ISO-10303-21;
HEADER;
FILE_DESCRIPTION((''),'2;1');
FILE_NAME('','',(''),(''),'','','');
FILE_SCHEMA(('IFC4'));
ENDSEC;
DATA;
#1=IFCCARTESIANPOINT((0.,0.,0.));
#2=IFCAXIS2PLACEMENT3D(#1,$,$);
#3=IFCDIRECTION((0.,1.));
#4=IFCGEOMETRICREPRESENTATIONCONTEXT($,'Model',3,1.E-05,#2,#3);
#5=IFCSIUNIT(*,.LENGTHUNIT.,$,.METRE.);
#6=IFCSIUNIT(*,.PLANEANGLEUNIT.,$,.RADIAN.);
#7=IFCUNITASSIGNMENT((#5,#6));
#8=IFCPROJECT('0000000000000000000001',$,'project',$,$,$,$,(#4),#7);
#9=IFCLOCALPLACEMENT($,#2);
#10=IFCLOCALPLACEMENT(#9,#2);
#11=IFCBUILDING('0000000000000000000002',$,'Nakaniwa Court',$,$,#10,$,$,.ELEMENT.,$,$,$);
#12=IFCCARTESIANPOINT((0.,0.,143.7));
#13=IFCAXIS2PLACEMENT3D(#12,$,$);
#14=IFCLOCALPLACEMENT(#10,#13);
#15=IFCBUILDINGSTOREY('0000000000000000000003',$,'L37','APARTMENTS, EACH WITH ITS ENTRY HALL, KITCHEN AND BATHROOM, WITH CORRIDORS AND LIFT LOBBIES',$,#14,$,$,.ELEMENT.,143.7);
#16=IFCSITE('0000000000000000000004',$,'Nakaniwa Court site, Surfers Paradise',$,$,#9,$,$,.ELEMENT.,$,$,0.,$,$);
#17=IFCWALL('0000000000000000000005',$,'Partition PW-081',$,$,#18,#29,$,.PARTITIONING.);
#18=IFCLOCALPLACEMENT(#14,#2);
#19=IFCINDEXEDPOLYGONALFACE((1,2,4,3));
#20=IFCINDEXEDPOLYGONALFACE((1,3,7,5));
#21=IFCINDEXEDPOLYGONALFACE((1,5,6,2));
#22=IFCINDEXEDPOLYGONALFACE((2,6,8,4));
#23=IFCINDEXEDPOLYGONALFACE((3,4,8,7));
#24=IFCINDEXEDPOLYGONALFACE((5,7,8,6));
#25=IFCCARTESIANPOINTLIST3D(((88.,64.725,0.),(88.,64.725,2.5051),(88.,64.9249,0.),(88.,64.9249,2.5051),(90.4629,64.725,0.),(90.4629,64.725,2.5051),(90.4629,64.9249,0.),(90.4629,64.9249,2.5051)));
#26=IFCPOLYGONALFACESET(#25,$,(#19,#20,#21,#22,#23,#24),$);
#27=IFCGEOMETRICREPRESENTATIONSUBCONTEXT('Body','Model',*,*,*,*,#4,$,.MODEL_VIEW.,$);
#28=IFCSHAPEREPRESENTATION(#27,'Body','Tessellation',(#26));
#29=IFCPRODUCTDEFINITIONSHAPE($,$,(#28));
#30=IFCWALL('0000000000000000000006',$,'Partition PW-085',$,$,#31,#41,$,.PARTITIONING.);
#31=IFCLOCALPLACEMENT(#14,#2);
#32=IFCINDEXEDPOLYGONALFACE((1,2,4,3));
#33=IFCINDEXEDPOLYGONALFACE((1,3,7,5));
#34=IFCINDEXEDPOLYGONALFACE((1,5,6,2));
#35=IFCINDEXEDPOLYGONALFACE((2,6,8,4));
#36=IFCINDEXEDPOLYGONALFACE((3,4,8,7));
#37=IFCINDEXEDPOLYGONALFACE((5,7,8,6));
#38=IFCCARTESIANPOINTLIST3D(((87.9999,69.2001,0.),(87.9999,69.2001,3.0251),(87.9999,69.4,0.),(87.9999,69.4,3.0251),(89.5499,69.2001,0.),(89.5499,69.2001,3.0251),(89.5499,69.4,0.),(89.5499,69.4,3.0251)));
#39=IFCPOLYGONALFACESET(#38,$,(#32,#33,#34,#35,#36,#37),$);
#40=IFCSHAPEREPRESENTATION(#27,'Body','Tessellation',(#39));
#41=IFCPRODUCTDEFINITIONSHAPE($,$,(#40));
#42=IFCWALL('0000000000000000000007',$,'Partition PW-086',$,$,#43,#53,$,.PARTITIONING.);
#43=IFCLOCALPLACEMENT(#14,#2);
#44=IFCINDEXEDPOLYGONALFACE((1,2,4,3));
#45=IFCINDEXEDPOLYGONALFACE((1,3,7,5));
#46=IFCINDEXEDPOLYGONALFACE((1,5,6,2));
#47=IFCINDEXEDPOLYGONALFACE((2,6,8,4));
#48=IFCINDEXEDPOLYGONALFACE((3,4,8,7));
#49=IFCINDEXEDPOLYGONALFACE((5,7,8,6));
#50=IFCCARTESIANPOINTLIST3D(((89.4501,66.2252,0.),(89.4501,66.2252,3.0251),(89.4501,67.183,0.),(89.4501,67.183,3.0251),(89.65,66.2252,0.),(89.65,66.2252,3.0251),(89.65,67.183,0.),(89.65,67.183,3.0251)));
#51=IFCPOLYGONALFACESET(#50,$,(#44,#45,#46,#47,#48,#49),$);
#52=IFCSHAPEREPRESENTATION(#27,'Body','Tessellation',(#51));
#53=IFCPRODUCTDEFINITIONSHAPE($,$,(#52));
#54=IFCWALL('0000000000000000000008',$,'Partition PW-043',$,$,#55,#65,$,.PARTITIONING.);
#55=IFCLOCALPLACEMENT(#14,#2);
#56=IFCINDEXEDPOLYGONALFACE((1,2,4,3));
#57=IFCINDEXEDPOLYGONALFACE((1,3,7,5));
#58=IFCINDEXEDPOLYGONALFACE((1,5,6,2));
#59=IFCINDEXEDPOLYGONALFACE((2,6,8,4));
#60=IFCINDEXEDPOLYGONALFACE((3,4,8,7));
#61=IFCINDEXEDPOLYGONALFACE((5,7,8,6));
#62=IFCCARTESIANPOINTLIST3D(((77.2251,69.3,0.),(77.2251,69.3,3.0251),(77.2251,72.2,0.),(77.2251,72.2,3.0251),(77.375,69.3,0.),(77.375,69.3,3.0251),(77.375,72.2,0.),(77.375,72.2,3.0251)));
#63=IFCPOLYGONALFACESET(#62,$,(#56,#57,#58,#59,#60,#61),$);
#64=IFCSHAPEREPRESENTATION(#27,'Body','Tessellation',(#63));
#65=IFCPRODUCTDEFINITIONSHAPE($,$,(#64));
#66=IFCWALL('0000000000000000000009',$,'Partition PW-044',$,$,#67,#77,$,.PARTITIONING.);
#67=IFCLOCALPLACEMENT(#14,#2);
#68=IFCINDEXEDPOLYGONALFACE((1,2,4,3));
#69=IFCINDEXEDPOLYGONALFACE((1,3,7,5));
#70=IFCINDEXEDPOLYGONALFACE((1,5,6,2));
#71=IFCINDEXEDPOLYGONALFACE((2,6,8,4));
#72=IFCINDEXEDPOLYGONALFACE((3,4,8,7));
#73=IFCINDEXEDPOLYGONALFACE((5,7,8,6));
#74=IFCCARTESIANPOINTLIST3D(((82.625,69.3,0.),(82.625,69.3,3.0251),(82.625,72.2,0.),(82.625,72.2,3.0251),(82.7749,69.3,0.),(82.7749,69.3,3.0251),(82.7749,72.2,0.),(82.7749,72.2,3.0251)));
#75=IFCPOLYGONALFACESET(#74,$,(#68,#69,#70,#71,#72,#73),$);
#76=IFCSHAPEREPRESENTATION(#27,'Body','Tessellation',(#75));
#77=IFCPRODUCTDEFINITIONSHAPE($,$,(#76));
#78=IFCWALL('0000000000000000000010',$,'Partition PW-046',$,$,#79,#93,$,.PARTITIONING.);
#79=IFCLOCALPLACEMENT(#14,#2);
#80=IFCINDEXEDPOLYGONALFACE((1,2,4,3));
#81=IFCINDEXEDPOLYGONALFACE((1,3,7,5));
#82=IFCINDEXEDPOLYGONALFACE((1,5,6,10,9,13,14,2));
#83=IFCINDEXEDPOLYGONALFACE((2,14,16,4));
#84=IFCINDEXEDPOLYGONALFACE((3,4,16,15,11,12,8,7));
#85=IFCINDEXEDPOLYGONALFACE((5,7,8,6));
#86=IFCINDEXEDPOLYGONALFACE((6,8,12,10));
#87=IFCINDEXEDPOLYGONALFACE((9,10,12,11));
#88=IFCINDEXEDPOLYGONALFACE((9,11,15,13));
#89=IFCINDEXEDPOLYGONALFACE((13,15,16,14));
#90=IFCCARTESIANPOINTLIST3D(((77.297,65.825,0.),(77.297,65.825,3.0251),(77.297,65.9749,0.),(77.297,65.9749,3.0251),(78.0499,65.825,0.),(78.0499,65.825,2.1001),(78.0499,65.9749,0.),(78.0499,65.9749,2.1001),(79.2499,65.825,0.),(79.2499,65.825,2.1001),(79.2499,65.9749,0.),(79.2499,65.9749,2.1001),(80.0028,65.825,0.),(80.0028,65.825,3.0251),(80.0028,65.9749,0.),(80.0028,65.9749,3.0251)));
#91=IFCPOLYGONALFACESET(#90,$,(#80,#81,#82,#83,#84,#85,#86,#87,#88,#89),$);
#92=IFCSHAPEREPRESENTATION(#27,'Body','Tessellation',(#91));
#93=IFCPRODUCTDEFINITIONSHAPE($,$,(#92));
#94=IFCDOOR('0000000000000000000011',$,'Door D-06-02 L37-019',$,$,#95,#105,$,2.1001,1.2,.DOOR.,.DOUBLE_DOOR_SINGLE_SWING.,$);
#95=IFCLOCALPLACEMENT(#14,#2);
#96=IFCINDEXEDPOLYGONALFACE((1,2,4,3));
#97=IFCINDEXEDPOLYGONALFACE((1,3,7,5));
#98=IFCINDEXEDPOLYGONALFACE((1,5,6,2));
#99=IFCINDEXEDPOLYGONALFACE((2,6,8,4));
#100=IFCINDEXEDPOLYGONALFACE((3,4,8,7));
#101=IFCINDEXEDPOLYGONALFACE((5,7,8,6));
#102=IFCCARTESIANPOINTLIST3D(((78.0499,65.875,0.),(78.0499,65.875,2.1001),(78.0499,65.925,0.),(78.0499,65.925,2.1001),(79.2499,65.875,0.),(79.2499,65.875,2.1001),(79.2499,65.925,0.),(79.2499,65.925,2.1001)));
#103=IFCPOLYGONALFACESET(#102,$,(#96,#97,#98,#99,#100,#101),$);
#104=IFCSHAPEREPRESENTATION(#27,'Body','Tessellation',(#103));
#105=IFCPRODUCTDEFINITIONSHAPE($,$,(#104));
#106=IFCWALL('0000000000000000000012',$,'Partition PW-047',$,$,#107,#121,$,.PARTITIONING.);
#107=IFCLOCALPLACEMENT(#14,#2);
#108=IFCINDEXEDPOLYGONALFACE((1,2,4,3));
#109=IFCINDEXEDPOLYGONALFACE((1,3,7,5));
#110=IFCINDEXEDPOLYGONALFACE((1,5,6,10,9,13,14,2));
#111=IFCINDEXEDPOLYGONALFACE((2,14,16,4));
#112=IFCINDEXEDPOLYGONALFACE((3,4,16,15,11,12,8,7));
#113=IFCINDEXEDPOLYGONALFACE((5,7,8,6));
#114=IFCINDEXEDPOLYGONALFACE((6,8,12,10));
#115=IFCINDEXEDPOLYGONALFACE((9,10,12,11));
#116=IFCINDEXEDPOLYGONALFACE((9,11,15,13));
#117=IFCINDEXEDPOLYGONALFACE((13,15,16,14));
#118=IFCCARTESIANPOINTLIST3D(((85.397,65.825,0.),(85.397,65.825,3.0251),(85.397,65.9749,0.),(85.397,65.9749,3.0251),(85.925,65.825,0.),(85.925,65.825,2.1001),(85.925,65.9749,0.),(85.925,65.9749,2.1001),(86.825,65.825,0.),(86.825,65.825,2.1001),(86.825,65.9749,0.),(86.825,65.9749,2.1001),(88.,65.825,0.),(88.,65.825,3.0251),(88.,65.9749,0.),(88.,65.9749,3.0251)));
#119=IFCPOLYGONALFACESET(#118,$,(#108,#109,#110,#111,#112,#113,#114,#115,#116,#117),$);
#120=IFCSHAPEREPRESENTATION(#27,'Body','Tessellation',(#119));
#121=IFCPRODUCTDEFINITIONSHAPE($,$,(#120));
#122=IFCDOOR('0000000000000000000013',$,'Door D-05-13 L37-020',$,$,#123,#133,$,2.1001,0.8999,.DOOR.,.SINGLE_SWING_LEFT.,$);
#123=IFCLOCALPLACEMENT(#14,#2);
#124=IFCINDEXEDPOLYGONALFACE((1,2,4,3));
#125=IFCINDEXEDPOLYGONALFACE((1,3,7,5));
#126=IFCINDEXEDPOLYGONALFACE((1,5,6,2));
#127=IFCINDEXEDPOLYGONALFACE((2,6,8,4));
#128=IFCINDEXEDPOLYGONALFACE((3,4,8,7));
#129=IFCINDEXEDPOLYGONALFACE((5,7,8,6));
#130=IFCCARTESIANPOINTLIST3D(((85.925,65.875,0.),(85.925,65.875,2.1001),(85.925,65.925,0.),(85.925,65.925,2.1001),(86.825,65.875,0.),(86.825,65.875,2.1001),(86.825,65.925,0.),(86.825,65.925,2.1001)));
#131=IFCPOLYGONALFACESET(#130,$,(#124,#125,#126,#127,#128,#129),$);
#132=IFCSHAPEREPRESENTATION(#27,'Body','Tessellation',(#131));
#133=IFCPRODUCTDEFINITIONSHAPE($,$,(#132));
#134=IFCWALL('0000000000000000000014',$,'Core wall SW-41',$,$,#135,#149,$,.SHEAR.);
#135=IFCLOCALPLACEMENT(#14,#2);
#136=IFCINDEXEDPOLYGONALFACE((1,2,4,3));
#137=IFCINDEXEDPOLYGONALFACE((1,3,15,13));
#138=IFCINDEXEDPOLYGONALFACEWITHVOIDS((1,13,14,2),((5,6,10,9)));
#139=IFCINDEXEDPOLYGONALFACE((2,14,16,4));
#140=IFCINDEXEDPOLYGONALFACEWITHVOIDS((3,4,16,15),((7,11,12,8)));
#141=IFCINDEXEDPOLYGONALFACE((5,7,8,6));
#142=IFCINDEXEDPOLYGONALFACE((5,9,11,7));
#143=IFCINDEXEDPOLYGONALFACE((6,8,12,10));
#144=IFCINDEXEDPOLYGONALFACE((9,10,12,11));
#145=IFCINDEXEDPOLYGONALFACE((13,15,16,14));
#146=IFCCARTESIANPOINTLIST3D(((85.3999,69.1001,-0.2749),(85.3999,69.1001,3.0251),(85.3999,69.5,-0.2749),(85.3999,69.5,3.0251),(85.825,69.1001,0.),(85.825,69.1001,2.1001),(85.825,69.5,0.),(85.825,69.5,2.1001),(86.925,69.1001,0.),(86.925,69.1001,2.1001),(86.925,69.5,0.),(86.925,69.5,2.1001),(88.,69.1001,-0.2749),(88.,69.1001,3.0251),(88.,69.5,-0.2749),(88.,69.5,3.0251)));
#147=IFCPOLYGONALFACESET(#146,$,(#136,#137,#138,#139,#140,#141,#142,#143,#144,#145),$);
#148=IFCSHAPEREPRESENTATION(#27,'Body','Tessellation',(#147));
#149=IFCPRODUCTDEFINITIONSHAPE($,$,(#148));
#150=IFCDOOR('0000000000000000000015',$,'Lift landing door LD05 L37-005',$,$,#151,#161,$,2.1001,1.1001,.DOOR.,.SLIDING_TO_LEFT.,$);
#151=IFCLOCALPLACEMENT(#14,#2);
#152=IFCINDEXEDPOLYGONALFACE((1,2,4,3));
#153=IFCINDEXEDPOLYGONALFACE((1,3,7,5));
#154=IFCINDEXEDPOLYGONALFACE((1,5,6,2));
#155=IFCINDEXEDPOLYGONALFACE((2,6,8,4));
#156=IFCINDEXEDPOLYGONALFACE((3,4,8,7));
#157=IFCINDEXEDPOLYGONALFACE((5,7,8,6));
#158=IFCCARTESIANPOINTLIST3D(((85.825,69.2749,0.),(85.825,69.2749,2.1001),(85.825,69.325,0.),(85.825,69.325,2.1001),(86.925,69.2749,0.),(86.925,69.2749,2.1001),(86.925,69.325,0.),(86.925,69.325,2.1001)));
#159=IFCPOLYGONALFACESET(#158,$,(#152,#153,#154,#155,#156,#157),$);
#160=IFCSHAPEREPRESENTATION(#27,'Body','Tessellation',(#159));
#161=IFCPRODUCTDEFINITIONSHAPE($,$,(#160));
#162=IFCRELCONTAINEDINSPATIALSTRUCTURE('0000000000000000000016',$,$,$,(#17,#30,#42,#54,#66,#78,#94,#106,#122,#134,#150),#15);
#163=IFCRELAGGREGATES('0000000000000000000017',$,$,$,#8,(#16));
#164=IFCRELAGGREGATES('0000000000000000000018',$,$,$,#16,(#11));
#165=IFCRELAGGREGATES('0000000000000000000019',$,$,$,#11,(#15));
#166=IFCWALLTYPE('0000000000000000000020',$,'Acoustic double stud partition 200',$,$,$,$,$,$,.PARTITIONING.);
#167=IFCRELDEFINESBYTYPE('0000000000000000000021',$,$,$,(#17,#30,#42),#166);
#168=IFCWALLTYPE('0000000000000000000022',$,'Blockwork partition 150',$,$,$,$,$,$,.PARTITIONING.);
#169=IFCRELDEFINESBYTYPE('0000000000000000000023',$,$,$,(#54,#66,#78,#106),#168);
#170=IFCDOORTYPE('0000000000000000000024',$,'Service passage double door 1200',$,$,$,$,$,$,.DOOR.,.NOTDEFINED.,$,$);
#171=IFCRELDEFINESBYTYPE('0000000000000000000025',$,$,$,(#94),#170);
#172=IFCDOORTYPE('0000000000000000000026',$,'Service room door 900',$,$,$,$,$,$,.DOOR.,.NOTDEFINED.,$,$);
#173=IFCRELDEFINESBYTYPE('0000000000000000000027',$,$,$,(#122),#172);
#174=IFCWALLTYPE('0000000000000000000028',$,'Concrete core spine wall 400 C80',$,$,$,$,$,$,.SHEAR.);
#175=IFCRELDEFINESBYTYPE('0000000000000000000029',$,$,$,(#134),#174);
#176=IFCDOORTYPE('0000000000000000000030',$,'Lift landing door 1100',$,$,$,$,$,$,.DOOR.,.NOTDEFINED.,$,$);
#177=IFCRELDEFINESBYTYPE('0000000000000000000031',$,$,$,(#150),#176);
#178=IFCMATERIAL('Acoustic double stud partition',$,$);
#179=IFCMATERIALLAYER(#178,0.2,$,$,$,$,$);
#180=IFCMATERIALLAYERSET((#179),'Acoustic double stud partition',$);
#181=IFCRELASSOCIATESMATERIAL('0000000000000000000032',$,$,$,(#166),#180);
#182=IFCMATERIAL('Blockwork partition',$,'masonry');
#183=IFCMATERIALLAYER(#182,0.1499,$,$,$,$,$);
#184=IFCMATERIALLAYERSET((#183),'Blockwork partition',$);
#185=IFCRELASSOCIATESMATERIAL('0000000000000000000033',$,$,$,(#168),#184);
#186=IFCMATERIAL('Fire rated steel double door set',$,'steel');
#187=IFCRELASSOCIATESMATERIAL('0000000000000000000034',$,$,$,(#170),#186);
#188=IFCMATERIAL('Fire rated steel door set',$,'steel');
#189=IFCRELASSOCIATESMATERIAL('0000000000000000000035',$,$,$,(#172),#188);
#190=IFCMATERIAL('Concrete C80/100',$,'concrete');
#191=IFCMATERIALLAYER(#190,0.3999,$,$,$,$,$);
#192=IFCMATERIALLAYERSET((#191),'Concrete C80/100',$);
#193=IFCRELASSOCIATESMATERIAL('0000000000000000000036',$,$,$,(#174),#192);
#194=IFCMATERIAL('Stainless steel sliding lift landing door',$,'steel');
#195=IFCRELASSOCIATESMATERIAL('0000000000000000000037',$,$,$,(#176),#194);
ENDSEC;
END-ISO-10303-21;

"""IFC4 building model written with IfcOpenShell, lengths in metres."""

from ifc_helpers import new_model, si_unit, direction, frame, frame_2d, origin, place, context, subcontext, project, spatial, rectangle, extrude, material, layer, layer_set, type_object, element, fill, save


model = new_model("IFC4")

# Units and contexts
model_context = context("Model", 3, precision=1e-05, world=origin(), true_north=direction((0.0, 1.0)))
body_context = subcontext(model_context, "Body", "Model", "MODEL_VIEW")
ifc_project = project(units=[si_unit("LENGTHUNIT", "METRE"), si_unit("PLANEANGLEUNIT", "RADIAN")], contexts=[model_context])

# Site, building, storey
site_placement = place(None, origin())
site = spatial("IfcSite", under=ifc_project, at=site_placement, Name="Nakaniwa Court site, Surfers Paradise", CompositionType="ELEMENT", RefElevation=0.0)
building_placement = place(site_placement, origin())
building = spatial("IfcBuilding", under=site, at=building_placement, Name="Nakaniwa Court", CompositionType="ELEMENT")
storey_placement = place(building_placement, frame((0.0, 0.0, 143.7)))
storey = spatial("IfcBuildingStorey", under=building, at=storey_placement, Name="L37", Description="APARTMENTS, EACH WITH ITS ENTRY HALL, KITCHEN AND BATHROOM, WITH CORRIDORS AND LIFT LOBBIES", CompositionType="ELEMENT", Elevation=143.7)

# Walls
ifc_material_1 = material(Name="Acoustic double stud partition")
ifc_layer_1 = layer(ifc_material_1, 0.2)
ifc_layer_set_1 = layer_set([ifc_layer_1], Name="Acoustic double stud partition")
wall_type_1 = type_object("IfcWallType", Name="Acoustic double stud partition 200", PredefinedType="PARTITIONING", material=ifc_layer_set_1)
wall_1_placement = place(storey_placement, frame((88.0, 64.825, 0.0), z_axis=(0.0, 0.0, 1.0), x_axis=(1.0, 0.0, 0.0)))
element("IfcWall", 1, at=wall_1_placement, inside=storey, type_object=wall_type_1, Name="Partition PW-081", PredefinedType="PARTITIONING", context=body_context, shape_type="SweptSolid", body=[
    extrude(rectangle(XDim=2.4629, YDim=0.2, at=frame_2d((1.2314, 0.0))), origin(), (0.0, 0.0, 1.0), 2.5051),
])
wall_2_placement = place(storey_placement, frame((88.0, 69.3, 0.0), z_axis=(0.0, 0.0, 1.0), x_axis=(1.0, 0.0, 0.0)))
element("IfcWall", 2, at=wall_2_placement, inside=storey, type_object=wall_type_1, Name="Partition PW-085", PredefinedType="PARTITIONING", context=body_context, shape_type="SweptSolid", body=[
    extrude(rectangle(XDim=1.55, YDim=0.2, at=frame_2d((0.7749, 0.0))), origin(), (0.0, 0.0, 1.0), 3.0251),
])
wall_3_placement = place(storey_placement, frame((89.55, 66.2251, 0.0), z_axis=(0.0, 0.0, 1.0), x_axis=(0.0, 1.0, 0.0)))
element("IfcWall", 3, at=wall_3_placement, inside=storey, type_object=wall_type_1, Name="Partition PW-086", PredefinedType="PARTITIONING", context=body_context, shape_type="SweptSolid", body=[
    extrude(rectangle(XDim=0.9578, YDim=0.2, at=frame_2d((0.479, 0.0))), origin(), (0.0, 0.0, 1.0), 3.0251),
])
ifc_material_2 = material(Name="Blockwork partition", Category="masonry")
ifc_layer_2 = layer(ifc_material_2, 0.1499)
ifc_layer_set_2 = layer_set([ifc_layer_2], Name="Blockwork partition")
wall_type_2 = type_object("IfcWallType", Name="Blockwork partition 150", PredefinedType="PARTITIONING", material=ifc_layer_set_2)
for number, where, z_axis, x_axis, name in (
    (4, (77.3, 69.3, 0.0), (0.0, 0.0, 1.0), (0.0, 1.0, 0.0), "Partition PW-043"),
    (5, (82.7, 69.3, 0.0), (0.0, 0.0, 1.0), (0.0, 1.0, 0.0), "Partition PW-044"),
):
    element("IfcWall", number, at=place(storey_placement, frame(where, z_axis=z_axis, x_axis=x_axis)), inside=storey, type_object=wall_type_2, Name=name, PredefinedType="PARTITIONING", context=body_context, shape_type="SweptSolid", body=[
        extrude(rectangle(XDim=2.8999, YDim=0.1499, at=frame_2d((1.45, 0.0))), origin(), (0.0, 0.0, 1.0), 3.0251),
    ])

# Walls, openings, doors
wall_4_placement = place(storey_placement, frame((80.0029, 65.8999, 0.0), z_axis=(0.0, 0.0, 1.0), x_axis=(-1.0, 0.0, 0.0)))
wall_4 = element("IfcWall", 6, at=wall_4_placement, inside=storey, type_object=wall_type_2, Name="Partition PW-046", PredefinedType="PARTITIONING", context=body_context, shape_type="SweptSolid", body=[
    extrude(rectangle(XDim=2.7058, YDim=0.1499, at=frame_2d((1.353, 0.0))), origin(), (0.0, 0.0, 1.0), 3.0251),
])
opening_1_placement = place(wall_4_placement, frame((0.7529, 0.0, 0.0)))
opening_1 = element("IfcOpeningElement", 7, at=opening_1_placement, cuts=wall_4, PredefinedType="OPENING", context=body_context, shape_type="SweptSolid", body=[
    extrude(rectangle(XDim=1.2, YDim=2.1001, at=frame_2d((0.6001, 1.05))), frame((0.0, 0.085, 0.0), z_axis=(0.0, -1.0, 0.0), x_axis=(1.0, 0.0, 0.0)), (0.0, 0.0, 1.0), 0.1699),
])
ifc_material_3 = material(Name="Fire rated steel double door set", Category="steel")
door_type_1 = type_object("IfcDoorType", Name="Service passage double door 1200", OperationType="NOTDEFINED", PredefinedType="DOOR", material=ifc_material_3)
door_1_placement = place(opening_1_placement, origin())
door_1 = element("IfcDoor", 8, at=door_1_placement, inside=storey, type_object=door_type_1, Name="Door D-06-02 L37-019", OperationType="DOUBLE_DOOR_SINGLE_SWING", OverallHeight=2.1001, OverallWidth=1.2, PredefinedType="DOOR", context=body_context, shape_type="SweptSolid", body=[
    extrude(rectangle(XDim=1.2, YDim=2.1001, at=frame_2d((0.6001, 1.05))), frame((0.0, 0.0249, 0.0), z_axis=(0.0, -1.0, 0.0), x_axis=(1.0, 0.0, 0.0)), (0.0, 0.0, 1.0), 0.05),
])
fill(opening_1, door_1)
wall_5_placement = place(storey_placement, frame((88.0, 65.8999, 0.0), z_axis=(0.0, 0.0, 1.0), x_axis=(-1.0, 0.0, 0.0)))
wall_5 = element("IfcWall", 9, at=wall_5_placement, inside=storey, type_object=wall_type_2, Name="Partition PW-047", PredefinedType="PARTITIONING", context=body_context, shape_type="SweptSolid", body=[
    extrude(rectangle(XDim=2.603, YDim=0.1499, at=frame_2d((1.3015, 0.0))), origin(), (0.0, 0.0, 1.0), 3.0251),
])
opening_2_placement = place(wall_5_placement, frame((1.175, 0.0, 0.0)))
opening_2 = element("IfcOpeningElement", 10, at=opening_2_placement, cuts=wall_5, PredefinedType="OPENING", context=body_context, shape_type="SweptSolid", body=[
    extrude(rectangle(XDim=0.8999, YDim=2.1001, at=frame_2d((0.45, 1.05))), frame((0.0, 0.085, 0.0), z_axis=(0.0, -1.0, 0.0), x_axis=(1.0, 0.0, 0.0)), (0.0, 0.0, 1.0), 0.1699),
])
ifc_material_4 = material(Name="Fire rated steel door set", Category="steel")
door_type_2 = type_object("IfcDoorType", Name="Service room door 900", OperationType="NOTDEFINED", PredefinedType="DOOR", material=ifc_material_4)
door_2_placement = place(opening_2_placement, origin())
door_2 = element("IfcDoor", 11, at=door_2_placement, inside=storey, type_object=door_type_2, Name="Door D-05-13 L37-020", OperationType="SINGLE_SWING_LEFT", OverallHeight=2.1001, OverallWidth=0.8999, PredefinedType="DOOR", context=body_context, shape_type="SweptSolid", body=[
    extrude(rectangle(XDim=0.8999, YDim=2.1001, at=frame_2d((0.45, 1.05))), frame((0.0, 0.0249, 0.0), z_axis=(0.0, -1.0, 0.0), x_axis=(1.0, 0.0, 0.0)), (0.0, 0.0, 1.0), 0.05),
])
fill(opening_2, door_2)
ifc_material_5 = material(Name="Concrete C80/100", Category="concrete")
ifc_layer_3 = layer(ifc_material_5, 0.3999)
ifc_layer_set_3 = layer_set([ifc_layer_3], Name="Concrete C80/100")
wall_type_3 = type_object("IfcWallType", Name="Concrete core spine wall 400 C80", PredefinedType="SHEAR", material=ifc_layer_set_3)
wall_6_placement = place(storey_placement, frame((85.3999, 69.3, -0.2749), z_axis=(0.0, 0.0, 1.0), x_axis=(1.0, 0.0, 0.0)))
wall_6 = element("IfcWall", 12, at=wall_6_placement, inside=storey, type_object=wall_type_3, Name="Core wall SW-41", PredefinedType="SHEAR", context=body_context, shape_type="SweptSolid", body=[
    extrude(rectangle(XDim=2.6001, YDim=0.3999, at=frame_2d((1.3, 0.0))), origin(), (0.0, 0.0, 1.0), 3.3),
])
opening_3_placement = place(wall_6_placement, frame((0.425, 0.0, 0.2749)))
opening_3 = element("IfcOpeningElement", 13, at=opening_3_placement, cuts=wall_6, PredefinedType="OPENING", context=body_context, shape_type="SweptSolid", body=[
    extrude(rectangle(XDim=1.1001, YDim=2.1001, at=frame_2d((0.55, 1.05))), frame((0.0, 0.21, 0.0), z_axis=(0.0, -1.0, 0.0), x_axis=(1.0, 0.0, 0.0)), (0.0, 0.0, 1.0), 0.4199),
])
ifc_material_6 = material(Name="Stainless steel sliding lift landing door", Category="steel")
door_type_3 = type_object("IfcDoorType", Name="Lift landing door 1100", OperationType="NOTDEFINED", PredefinedType="DOOR", material=ifc_material_6)
door_3_placement = place(opening_3_placement, origin())
door_3 = element("IfcDoor", 14, at=door_3_placement, inside=storey, type_object=door_type_3, Name="Lift landing door LD05 L37-005", OperationType="SLIDING_TO_LEFT", OverallHeight=2.1001, OverallWidth=1.1001, PredefinedType="DOOR", context=body_context, shape_type="SweptSolid", body=[
    extrude(rectangle(XDim=1.1001, YDim=2.1001, at=frame_2d((0.55, 1.05))), frame((0.0, 0.0249, 0.0), z_axis=(0.0, -1.0, 0.0), x_axis=(1.0, 0.0, 0.0)), (0.0, 0.0, 1.0), 0.05),
])
fill(opening_3, door_3)

save(model, "model.ifc")
